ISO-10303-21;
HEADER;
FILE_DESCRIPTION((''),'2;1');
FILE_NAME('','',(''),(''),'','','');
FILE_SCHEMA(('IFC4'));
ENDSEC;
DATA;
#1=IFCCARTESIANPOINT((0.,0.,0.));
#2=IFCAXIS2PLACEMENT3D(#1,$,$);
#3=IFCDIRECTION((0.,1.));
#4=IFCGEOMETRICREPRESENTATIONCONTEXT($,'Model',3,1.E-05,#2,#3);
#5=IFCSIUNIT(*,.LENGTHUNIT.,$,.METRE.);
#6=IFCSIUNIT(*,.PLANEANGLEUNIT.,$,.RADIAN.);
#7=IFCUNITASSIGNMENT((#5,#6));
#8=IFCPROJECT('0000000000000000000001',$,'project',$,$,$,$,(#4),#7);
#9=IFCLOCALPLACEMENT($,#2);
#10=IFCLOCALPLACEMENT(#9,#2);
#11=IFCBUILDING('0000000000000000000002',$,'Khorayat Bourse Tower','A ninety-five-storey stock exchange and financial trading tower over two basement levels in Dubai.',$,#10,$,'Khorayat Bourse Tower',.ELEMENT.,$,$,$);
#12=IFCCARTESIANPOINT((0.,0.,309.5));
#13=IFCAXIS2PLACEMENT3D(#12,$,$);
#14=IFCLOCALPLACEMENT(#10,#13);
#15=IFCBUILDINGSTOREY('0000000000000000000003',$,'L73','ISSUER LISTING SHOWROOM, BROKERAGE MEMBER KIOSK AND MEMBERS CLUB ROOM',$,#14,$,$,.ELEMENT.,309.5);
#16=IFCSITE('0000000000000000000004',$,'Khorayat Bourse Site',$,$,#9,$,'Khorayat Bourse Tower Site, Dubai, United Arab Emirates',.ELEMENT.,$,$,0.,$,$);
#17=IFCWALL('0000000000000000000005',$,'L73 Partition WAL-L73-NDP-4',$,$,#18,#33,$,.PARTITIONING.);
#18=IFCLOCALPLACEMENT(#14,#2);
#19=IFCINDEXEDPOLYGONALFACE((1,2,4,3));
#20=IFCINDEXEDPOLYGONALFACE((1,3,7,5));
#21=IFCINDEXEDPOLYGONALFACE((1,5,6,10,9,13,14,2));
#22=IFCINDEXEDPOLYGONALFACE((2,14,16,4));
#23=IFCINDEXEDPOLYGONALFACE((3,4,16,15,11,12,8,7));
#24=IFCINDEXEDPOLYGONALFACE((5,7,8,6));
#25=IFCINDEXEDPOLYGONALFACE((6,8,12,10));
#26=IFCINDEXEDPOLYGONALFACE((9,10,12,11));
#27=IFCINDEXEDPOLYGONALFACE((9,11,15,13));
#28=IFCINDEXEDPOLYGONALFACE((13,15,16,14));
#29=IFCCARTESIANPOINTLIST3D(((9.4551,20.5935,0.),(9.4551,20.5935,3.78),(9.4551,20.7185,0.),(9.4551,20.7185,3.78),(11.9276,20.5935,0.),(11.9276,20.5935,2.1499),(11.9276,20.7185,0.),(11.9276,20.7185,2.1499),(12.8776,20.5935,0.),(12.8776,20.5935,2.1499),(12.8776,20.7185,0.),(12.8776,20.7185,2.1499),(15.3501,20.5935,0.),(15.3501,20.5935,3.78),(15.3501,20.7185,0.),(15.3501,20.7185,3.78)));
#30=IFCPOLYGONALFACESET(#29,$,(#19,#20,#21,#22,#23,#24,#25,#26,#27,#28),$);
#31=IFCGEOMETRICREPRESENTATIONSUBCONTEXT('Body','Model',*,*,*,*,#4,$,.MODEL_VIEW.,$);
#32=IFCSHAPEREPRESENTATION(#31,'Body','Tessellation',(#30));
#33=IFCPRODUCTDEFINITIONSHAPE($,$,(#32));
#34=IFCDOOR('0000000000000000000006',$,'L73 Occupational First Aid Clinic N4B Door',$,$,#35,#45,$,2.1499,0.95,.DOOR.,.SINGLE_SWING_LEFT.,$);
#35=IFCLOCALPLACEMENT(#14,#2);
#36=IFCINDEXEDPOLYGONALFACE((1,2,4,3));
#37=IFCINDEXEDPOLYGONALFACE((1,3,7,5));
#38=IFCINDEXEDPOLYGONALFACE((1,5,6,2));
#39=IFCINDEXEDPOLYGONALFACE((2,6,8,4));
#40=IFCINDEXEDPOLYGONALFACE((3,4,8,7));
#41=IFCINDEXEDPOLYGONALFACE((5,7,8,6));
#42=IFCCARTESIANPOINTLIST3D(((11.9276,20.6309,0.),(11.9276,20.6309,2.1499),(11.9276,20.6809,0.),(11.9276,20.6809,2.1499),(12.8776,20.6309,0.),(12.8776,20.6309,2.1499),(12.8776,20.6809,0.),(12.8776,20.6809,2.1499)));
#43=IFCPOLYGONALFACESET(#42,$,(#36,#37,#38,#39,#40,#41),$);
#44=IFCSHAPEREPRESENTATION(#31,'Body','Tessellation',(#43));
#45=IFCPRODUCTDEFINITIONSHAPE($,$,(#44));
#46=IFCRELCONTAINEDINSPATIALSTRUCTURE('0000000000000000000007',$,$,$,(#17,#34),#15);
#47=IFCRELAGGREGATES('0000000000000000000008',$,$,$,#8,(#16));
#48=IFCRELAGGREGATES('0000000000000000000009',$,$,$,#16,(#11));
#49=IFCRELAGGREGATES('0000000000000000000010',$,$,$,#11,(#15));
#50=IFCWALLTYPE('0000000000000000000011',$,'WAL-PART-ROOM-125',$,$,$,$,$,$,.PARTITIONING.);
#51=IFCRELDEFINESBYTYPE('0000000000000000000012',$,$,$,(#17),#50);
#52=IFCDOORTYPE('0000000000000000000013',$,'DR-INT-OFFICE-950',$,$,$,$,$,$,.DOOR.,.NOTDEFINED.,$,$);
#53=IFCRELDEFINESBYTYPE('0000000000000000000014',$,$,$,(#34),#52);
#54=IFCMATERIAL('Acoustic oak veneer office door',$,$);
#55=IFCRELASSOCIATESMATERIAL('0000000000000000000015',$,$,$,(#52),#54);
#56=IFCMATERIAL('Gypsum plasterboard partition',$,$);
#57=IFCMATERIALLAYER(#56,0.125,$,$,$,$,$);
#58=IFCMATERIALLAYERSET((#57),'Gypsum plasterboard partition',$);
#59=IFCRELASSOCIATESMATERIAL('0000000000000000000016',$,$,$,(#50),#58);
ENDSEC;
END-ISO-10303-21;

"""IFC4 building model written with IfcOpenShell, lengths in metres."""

from ifc_helpers import new_model, si_unit, direction, frame, frame_2d, origin, place, context, subcontext, project, spatial, rectangle, extrude, source, transform, mapped, material, layer, layer_set, type_object, element, fill, save


model = new_model("IFC4")

# Units and contexts
model_context = context("Model", 3, precision=1e-05, world=origin(), true_north=direction((0.0, 1.0)))
body_context = subcontext(model_context, "Body", "Model", "MODEL_VIEW")
ifc_project = project(units=[si_unit("LENGTHUNIT", "METRE"), si_unit("PLANEANGLEUNIT", "RADIAN")], contexts=[model_context])

# Site, building, storey
site_placement = place(None, origin())
site = spatial("IfcSite", under=ifc_project, at=site_placement, Name="Khorayat Bourse Site", LongName="Khorayat Bourse Tower Site, Dubai, United Arab Emirates", CompositionType="ELEMENT", RefElevation=0.0)
building_placement = place(site_placement, origin())
building = spatial("IfcBuilding", under=site, at=building_placement, Name="Khorayat Bourse Tower", Description="A ninety-five-storey stock exchange and financial trading tower over two basement levels in Dubai.", LongName="Khorayat Bourse Tower", CompositionType="ELEMENT")
storey_placement = place(building_placement, frame((0.0, 0.0, 309.5)))
storey = spatial("IfcBuildingStorey", under=building, at=storey_placement, Name="L73", Description="ISSUER LISTING SHOWROOM, BROKERAGE MEMBER KIOSK AND MEMBERS CLUB ROOM", CompositionType="ELEMENT", Elevation=309.5)

# Shared definitions
ifc_material_1 = material(Name="Acoustic oak veneer office door")
door_type_1 = type_object("IfcDoorType", Name="DR-INT-OFFICE-950", OperationType="NOTDEFINED", PredefinedType="DOOR", material=ifc_material_1)
shared_shape_1 = source(origin(), body_context, "Body", "SweptSolid", [
    extrude(rectangle(XDim=0.95, YDim=2.1499, at=frame_2d((0.4751, 1.075))), frame((0.0, 0.0249, 0.0), z_axis=(0.0, -1.0, 0.0), x_axis=(1.0, 0.0, 0.0)), (0.0, 0.0, 1.0), 0.05),
])

# Wall, opening, door
ifc_material_2 = material(Name="Gypsum plasterboard partition")
ifc_layer_1 = layer(ifc_material_2, 0.125)
ifc_layer_set_1 = layer_set([ifc_layer_1], Name="Gypsum plasterboard partition")
wall_type_1 = type_object("IfcWallType", Name="WAL-PART-ROOM-125", PredefinedType="PARTITIONING", material=ifc_layer_set_1)
shared_shape_2 = source(origin(), body_context, "Body", "SweptSolid", [
    extrude(rectangle(XDim=0.95, YDim=2.1499, at=frame_2d((0.4751, 1.075))), frame((0.0, 0.0725, 0.0), z_axis=(0.0, -1.0, 0.0), x_axis=(1.0, 0.0, 0.0)), (0.0, 0.0, 1.0), 0.145),
])
shared_shape_3 = source(origin(), body_context, "Body", "SweptSolid", [
    extrude(rectangle(XDim=5.895, YDim=0.125, at=frame_2d((2.9475, 0.0))), origin(), (0.0, 0.0, 1.0), 3.78),
])
wall_1_placement = place(storey_placement, frame((9.4551, 20.656, 0.0), z_axis=(0.0, 0.0, 1.0), x_axis=(1.0, 0.0, 0.0)))
wall_1 = element("IfcWall", 1, at=wall_1_placement, inside=storey, type_object=wall_type_1, Name="L73 Partition WAL-L73-NDP-4", PredefinedType="PARTITIONING", context=body_context, shape_type="MappedRepresentation", body=[
    mapped(shared_shape_3, transform((0.0, 0.0, 0.0), scale=1.0)),
])
opening_1_placement = place(wall_1_placement, frame((2.4724, 0.0, 0.0)))
opening_1 = element("IfcOpeningElement", 2, at=opening_1_placement, cuts=wall_1, PredefinedType="OPENING", context=body_context, shape_type="MappedRepresentation", body=[
    mapped(shared_shape_2, transform((0.0, 0.0, 0.0), scale=1.0)),
])
door_1_placement = place(opening_1_placement, origin())
door_1 = element("IfcDoor", 3, at=door_1_placement, inside=storey, type_object=door_type_1, Name="L73 Occupational First Aid Clinic N4B Door", OperationType="SINGLE_SWING_LEFT", OverallHeight=2.1499, OverallWidth=0.95, PredefinedType="DOOR", context=body_context, shape_type="MappedRepresentation", body=[
    mapped(shared_shape_1, transform((0.0, 0.0, 0.0), scale=1.0)),
])
fill(opening_1, door_1)

save(model, "model.ifc")
